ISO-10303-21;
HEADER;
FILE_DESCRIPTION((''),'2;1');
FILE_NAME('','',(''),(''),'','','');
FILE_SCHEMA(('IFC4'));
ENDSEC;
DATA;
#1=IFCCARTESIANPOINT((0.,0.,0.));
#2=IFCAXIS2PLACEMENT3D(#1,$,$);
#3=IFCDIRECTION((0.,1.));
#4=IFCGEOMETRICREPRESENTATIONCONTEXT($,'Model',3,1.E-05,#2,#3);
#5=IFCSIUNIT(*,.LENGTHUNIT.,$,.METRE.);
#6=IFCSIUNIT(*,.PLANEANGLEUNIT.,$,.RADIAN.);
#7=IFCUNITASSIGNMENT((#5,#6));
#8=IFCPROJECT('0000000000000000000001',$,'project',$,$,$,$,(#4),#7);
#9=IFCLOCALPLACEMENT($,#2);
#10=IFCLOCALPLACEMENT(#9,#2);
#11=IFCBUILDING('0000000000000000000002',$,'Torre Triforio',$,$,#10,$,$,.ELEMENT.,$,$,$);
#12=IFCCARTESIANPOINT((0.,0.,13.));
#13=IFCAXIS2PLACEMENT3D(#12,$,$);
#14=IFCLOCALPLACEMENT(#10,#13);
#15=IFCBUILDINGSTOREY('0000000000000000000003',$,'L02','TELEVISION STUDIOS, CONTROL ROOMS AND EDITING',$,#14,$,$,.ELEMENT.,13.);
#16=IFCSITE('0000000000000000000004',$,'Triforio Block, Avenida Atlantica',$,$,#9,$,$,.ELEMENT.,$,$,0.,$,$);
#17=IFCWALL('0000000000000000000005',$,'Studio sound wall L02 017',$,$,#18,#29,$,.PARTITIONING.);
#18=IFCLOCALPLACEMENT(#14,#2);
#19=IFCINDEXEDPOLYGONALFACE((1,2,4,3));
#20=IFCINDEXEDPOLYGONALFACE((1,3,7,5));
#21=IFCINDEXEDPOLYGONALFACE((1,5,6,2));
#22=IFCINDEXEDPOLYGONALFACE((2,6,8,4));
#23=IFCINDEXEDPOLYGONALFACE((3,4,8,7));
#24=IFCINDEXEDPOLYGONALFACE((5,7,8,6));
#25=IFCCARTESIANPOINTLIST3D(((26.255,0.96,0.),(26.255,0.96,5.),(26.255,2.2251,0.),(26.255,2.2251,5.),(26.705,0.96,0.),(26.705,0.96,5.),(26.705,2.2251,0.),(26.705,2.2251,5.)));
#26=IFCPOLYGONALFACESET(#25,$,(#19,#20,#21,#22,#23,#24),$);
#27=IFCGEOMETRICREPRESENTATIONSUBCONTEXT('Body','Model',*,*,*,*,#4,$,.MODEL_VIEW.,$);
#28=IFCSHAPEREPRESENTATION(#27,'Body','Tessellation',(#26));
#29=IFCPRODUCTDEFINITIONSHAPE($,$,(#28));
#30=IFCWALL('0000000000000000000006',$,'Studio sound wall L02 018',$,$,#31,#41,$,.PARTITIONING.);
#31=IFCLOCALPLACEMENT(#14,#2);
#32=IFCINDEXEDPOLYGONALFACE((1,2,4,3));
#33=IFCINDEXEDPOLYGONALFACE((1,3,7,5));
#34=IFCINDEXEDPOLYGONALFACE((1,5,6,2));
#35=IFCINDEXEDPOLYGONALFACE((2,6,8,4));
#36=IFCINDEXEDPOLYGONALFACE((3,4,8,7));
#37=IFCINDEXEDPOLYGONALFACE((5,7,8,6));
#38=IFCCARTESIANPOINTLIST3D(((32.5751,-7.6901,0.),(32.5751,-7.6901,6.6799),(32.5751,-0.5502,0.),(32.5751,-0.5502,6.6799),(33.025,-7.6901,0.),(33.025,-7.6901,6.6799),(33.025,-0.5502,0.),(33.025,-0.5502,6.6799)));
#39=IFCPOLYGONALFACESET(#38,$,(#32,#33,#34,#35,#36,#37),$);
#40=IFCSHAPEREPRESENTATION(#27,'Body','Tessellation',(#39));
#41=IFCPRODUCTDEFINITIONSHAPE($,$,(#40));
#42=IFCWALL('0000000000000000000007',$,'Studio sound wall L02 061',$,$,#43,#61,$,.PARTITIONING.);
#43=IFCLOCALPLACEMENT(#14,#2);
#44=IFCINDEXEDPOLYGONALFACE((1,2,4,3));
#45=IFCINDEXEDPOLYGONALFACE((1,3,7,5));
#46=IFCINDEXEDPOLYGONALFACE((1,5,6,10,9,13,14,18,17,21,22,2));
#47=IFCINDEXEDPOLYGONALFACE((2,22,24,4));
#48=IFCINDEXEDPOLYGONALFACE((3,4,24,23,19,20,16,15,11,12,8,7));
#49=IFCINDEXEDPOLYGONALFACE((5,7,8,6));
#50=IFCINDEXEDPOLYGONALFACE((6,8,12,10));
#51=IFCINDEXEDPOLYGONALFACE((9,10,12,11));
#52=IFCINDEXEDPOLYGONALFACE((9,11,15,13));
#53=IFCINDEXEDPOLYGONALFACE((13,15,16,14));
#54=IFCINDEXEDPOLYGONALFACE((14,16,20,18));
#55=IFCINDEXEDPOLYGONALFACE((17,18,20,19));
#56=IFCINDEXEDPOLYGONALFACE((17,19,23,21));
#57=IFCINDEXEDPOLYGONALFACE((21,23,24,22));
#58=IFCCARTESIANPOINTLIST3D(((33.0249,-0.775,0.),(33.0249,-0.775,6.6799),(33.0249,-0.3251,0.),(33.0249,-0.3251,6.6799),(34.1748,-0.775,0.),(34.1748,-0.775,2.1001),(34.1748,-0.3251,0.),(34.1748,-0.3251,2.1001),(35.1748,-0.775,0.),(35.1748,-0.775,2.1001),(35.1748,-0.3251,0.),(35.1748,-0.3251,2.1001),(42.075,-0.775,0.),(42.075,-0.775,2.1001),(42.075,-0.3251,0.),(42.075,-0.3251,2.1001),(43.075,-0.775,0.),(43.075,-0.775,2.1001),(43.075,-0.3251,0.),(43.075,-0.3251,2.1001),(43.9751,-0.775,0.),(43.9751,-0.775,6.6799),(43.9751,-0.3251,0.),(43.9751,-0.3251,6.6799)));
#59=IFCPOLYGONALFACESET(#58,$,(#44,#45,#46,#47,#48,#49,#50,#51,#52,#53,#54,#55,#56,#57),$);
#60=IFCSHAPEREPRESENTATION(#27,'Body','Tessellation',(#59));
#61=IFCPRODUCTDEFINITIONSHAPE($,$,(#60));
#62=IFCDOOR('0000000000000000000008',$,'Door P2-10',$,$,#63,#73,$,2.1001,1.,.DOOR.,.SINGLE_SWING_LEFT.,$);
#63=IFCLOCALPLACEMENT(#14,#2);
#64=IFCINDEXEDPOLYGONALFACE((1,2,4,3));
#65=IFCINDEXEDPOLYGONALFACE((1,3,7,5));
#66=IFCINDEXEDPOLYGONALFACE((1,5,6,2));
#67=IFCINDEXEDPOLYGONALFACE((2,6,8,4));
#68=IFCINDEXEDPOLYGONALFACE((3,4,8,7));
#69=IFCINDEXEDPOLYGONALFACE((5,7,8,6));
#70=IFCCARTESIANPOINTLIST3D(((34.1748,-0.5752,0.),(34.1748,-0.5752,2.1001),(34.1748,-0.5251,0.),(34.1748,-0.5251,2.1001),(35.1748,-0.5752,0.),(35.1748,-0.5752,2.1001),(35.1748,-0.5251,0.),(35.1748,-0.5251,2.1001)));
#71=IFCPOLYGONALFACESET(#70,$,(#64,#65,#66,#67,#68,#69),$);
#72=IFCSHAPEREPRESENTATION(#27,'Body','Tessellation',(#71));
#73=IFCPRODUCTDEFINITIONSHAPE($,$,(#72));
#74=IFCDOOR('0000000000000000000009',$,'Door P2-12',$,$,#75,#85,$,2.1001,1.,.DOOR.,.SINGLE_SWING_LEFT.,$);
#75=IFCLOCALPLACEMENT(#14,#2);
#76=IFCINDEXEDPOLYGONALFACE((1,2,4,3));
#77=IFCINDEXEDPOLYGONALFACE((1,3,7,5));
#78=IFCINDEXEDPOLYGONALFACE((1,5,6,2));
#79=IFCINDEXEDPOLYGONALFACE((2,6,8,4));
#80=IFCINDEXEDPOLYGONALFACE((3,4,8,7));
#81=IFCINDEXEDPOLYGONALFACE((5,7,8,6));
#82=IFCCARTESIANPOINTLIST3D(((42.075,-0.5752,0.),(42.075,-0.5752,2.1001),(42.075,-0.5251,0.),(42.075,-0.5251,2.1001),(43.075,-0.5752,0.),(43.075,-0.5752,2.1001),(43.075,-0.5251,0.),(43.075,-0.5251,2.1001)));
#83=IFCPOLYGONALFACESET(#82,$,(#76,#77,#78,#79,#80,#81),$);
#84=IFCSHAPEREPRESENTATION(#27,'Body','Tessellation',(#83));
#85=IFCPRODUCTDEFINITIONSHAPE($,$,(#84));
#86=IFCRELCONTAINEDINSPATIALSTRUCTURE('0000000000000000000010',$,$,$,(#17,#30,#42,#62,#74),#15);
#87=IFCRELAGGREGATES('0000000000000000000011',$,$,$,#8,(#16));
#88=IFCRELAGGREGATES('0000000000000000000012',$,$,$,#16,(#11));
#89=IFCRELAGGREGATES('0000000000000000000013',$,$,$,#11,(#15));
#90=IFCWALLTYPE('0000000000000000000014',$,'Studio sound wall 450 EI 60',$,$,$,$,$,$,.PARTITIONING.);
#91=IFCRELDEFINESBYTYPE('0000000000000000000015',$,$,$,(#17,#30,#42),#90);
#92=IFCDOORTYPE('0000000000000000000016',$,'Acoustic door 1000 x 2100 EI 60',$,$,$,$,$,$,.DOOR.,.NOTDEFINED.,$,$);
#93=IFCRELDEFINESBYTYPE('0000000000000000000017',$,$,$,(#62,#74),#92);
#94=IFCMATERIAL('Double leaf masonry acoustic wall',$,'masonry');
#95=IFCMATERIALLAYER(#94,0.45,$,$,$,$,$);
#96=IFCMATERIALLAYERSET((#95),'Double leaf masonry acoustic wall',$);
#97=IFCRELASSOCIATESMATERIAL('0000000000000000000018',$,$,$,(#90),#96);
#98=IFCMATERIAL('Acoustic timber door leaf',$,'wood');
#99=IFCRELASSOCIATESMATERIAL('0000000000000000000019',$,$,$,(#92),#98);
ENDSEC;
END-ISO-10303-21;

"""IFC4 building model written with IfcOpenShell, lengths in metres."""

from ifc_helpers import new_model, si_unit, direction, frame, frame_2d, origin, place, context, subcontext, project, spatial, rectangle, extrude, material, layer, layer_set, type_object, element, fill, save


model = new_model("IFC4")

# Units and contexts
model_context = context("Model", 3, precision=1e-05, world=origin(), true_north=direction((0.0, 1.0)))
body_context = subcontext(model_context, "Body", "Model", "MODEL_VIEW")
ifc_project = project(units=[si_unit("LENGTHUNIT", "METRE"), si_unit("PLANEANGLEUNIT", "RADIAN")], contexts=[model_context])

# Site, building, storey
site_placement = place(None, origin())
site = spatial("IfcSite", under=ifc_project, at=site_placement, Name="Triforio Block, Avenida Atlantica", CompositionType="ELEMENT", RefElevation=0.0)
building_placement = place(site_placement, origin())
building = spatial("IfcBuilding", under=site, at=building_placement, Name="Torre Triforio", CompositionType="ELEMENT")
storey_placement = place(building_placement, frame((0.0, 0.0, 13.0)))
storey = spatial("IfcBuildingStorey", under=building, at=storey_placement, Name="L02", Description="TELEVISION STUDIOS, CONTROL ROOMS AND EDITING", CompositionType="ELEMENT", Elevation=13.0)

# Shared definitions
ifc_material_1 = material(Name="Double leaf masonry acoustic wall", Category="masonry")
ifc_layer = layer(ifc_material_1, 0.45)
ifc_layer_set = layer_set([ifc_layer], Name="Double leaf masonry acoustic wall")
wall_type = type_object("IfcWallType", Name="Studio sound wall 450 EI 60", PredefinedType="PARTITIONING", material=ifc_layer_set)
ifc_material_2 = material(Name="Acoustic timber door leaf", Category="wood")
door_type = type_object("IfcDoorType", Name="Acoustic door 1000 x 2100 EI 60", OperationType="NOTDEFINED", PredefinedType="DOOR", material=ifc_material_2)

# Walls
wall_1_placement = place(storey_placement, frame((26.48, 0.96, 0.0), z_axis=(0.0, 0.0, 1.0), x_axis=(0.0, 1.0, 0.0)))
element("IfcWall", 1, at=wall_1_placement, inside=storey, type_object=wall_type, Name="Studio sound wall L02 017", PredefinedType="PARTITIONING", context=body_context, shape_type="SweptSolid", body=[
    extrude(rectangle(XDim=1.2651, YDim=0.45, at=frame_2d((0.6326, 0.0))), origin(), (0.0, 0.0, 1.0), 5.0),
])
wall_2_placement = place(storey_placement, frame((32.8, -7.6899, 0.0), z_axis=(0.0, 0.0, 1.0), x_axis=(0.0, 1.0, 0.0)))
element("IfcWall", 2, at=wall_2_placement, inside=storey, type_object=wall_type, Name="Studio sound wall L02 018", PredefinedType="PARTITIONING", context=body_context, shape_type="SweptSolid", body=[
    extrude(rectangle(XDim=7.1399, YDim=0.45, at=frame_2d((3.5698, 0.0))), origin(), (0.0, 0.0, 1.0), 6.6799),
])

# Wall, openings, doors
wall_3_placement = place(storey_placement, frame((33.0249, -0.55, 0.0), z_axis=(0.0, 0.0, 1.0), x_axis=(1.0, 0.0, 0.0)))
wall_3 = element("IfcWall", 3, at=wall_3_placement, inside=storey, type_object=wall_type, Name="Studio sound wall L02 061", PredefinedType="PARTITIONING", context=body_context, shape_type="SweptSolid", body=[
    extrude(rectangle(XDim=10.9502, YDim=0.45, at=frame_2d((5.4751, 0.0))), origin(), (0.0, 0.0, 1.0), 6.6799),
])
opening_1_placement = place(wall_3_placement, frame((1.1499, 0.0, 0.0)))
opening_1 = element("IfcOpeningElement", 4, at=opening_1_placement, cuts=wall_3, PredefinedType="OPENING", context=body_context, shape_type="SweptSolid", body=[
    extrude(rectangle(XDim=1.0, YDim=2.1001, at=frame_2d((0.5, 1.05))), frame((0.0, 0.2349, 0.0), z_axis=(0.0, -1.0, 0.0), x_axis=(1.0, 0.0, 0.0)), (0.0, 0.0, 1.0), 0.47),
])
opening_2_placement = place(wall_3_placement, frame((9.05, 0.0, 0.0)))
opening_2 = element("IfcOpeningElement", 5, at=opening_2_placement, cuts=wall_3, PredefinedType="OPENING", context=body_context, shape_type="SweptSolid", body=[
    extrude(rectangle(XDim=1.0, YDim=2.1001, at=frame_2d((0.5, 1.05))), frame((0.0, 0.2349, 0.0), z_axis=(0.0, -1.0, 0.0), x_axis=(1.0, 0.0, 0.0)), (0.0, 0.0, 1.0), 0.47),
])
door_1_placement = place(opening_1_placement, origin())
door_1 = element("IfcDoor", 6, at=door_1_placement, inside=storey, type_object=door_type, Name="Door P2-10", OperationType="SINGLE_SWING_LEFT", OverallHeight=2.1001, OverallWidth=1.0, PredefinedType="DOOR", context=body_context, shape_type="SweptSolid", body=[
    extrude(rectangle(XDim=1.0, YDim=2.1001, at=frame_2d((0.5, 1.05))), frame((0.0, 0.0249, 0.0), z_axis=(0.0, -1.0, 0.0), x_axis=(1.0, 0.0, 0.0)), (0.0, 0.0, 1.0), 0.05),
])
fill(opening_1, door_1)
door_2_placement = place(opening_2_placement, origin())
door_2 = element("IfcDoor", 7, at=door_2_placement, inside=storey, type_object=door_type, Name="Door P2-12", OperationType="SINGLE_SWING_LEFT", OverallHeight=2.1001, OverallWidth=1.0, PredefinedType="DOOR", context=body_context, shape_type="SweptSolid", body=[
    extrude(rectangle(XDim=1.0, YDim=2.1001, at=frame_2d((0.5, 1.05))), frame((0.0, 0.0249, 0.0), z_axis=(0.0, -1.0, 0.0), x_axis=(1.0, 0.0, 0.0)), (0.0, 0.0, 1.0), 0.05),
])
fill(opening_2, door_2)

save(model, "model.ifc")
